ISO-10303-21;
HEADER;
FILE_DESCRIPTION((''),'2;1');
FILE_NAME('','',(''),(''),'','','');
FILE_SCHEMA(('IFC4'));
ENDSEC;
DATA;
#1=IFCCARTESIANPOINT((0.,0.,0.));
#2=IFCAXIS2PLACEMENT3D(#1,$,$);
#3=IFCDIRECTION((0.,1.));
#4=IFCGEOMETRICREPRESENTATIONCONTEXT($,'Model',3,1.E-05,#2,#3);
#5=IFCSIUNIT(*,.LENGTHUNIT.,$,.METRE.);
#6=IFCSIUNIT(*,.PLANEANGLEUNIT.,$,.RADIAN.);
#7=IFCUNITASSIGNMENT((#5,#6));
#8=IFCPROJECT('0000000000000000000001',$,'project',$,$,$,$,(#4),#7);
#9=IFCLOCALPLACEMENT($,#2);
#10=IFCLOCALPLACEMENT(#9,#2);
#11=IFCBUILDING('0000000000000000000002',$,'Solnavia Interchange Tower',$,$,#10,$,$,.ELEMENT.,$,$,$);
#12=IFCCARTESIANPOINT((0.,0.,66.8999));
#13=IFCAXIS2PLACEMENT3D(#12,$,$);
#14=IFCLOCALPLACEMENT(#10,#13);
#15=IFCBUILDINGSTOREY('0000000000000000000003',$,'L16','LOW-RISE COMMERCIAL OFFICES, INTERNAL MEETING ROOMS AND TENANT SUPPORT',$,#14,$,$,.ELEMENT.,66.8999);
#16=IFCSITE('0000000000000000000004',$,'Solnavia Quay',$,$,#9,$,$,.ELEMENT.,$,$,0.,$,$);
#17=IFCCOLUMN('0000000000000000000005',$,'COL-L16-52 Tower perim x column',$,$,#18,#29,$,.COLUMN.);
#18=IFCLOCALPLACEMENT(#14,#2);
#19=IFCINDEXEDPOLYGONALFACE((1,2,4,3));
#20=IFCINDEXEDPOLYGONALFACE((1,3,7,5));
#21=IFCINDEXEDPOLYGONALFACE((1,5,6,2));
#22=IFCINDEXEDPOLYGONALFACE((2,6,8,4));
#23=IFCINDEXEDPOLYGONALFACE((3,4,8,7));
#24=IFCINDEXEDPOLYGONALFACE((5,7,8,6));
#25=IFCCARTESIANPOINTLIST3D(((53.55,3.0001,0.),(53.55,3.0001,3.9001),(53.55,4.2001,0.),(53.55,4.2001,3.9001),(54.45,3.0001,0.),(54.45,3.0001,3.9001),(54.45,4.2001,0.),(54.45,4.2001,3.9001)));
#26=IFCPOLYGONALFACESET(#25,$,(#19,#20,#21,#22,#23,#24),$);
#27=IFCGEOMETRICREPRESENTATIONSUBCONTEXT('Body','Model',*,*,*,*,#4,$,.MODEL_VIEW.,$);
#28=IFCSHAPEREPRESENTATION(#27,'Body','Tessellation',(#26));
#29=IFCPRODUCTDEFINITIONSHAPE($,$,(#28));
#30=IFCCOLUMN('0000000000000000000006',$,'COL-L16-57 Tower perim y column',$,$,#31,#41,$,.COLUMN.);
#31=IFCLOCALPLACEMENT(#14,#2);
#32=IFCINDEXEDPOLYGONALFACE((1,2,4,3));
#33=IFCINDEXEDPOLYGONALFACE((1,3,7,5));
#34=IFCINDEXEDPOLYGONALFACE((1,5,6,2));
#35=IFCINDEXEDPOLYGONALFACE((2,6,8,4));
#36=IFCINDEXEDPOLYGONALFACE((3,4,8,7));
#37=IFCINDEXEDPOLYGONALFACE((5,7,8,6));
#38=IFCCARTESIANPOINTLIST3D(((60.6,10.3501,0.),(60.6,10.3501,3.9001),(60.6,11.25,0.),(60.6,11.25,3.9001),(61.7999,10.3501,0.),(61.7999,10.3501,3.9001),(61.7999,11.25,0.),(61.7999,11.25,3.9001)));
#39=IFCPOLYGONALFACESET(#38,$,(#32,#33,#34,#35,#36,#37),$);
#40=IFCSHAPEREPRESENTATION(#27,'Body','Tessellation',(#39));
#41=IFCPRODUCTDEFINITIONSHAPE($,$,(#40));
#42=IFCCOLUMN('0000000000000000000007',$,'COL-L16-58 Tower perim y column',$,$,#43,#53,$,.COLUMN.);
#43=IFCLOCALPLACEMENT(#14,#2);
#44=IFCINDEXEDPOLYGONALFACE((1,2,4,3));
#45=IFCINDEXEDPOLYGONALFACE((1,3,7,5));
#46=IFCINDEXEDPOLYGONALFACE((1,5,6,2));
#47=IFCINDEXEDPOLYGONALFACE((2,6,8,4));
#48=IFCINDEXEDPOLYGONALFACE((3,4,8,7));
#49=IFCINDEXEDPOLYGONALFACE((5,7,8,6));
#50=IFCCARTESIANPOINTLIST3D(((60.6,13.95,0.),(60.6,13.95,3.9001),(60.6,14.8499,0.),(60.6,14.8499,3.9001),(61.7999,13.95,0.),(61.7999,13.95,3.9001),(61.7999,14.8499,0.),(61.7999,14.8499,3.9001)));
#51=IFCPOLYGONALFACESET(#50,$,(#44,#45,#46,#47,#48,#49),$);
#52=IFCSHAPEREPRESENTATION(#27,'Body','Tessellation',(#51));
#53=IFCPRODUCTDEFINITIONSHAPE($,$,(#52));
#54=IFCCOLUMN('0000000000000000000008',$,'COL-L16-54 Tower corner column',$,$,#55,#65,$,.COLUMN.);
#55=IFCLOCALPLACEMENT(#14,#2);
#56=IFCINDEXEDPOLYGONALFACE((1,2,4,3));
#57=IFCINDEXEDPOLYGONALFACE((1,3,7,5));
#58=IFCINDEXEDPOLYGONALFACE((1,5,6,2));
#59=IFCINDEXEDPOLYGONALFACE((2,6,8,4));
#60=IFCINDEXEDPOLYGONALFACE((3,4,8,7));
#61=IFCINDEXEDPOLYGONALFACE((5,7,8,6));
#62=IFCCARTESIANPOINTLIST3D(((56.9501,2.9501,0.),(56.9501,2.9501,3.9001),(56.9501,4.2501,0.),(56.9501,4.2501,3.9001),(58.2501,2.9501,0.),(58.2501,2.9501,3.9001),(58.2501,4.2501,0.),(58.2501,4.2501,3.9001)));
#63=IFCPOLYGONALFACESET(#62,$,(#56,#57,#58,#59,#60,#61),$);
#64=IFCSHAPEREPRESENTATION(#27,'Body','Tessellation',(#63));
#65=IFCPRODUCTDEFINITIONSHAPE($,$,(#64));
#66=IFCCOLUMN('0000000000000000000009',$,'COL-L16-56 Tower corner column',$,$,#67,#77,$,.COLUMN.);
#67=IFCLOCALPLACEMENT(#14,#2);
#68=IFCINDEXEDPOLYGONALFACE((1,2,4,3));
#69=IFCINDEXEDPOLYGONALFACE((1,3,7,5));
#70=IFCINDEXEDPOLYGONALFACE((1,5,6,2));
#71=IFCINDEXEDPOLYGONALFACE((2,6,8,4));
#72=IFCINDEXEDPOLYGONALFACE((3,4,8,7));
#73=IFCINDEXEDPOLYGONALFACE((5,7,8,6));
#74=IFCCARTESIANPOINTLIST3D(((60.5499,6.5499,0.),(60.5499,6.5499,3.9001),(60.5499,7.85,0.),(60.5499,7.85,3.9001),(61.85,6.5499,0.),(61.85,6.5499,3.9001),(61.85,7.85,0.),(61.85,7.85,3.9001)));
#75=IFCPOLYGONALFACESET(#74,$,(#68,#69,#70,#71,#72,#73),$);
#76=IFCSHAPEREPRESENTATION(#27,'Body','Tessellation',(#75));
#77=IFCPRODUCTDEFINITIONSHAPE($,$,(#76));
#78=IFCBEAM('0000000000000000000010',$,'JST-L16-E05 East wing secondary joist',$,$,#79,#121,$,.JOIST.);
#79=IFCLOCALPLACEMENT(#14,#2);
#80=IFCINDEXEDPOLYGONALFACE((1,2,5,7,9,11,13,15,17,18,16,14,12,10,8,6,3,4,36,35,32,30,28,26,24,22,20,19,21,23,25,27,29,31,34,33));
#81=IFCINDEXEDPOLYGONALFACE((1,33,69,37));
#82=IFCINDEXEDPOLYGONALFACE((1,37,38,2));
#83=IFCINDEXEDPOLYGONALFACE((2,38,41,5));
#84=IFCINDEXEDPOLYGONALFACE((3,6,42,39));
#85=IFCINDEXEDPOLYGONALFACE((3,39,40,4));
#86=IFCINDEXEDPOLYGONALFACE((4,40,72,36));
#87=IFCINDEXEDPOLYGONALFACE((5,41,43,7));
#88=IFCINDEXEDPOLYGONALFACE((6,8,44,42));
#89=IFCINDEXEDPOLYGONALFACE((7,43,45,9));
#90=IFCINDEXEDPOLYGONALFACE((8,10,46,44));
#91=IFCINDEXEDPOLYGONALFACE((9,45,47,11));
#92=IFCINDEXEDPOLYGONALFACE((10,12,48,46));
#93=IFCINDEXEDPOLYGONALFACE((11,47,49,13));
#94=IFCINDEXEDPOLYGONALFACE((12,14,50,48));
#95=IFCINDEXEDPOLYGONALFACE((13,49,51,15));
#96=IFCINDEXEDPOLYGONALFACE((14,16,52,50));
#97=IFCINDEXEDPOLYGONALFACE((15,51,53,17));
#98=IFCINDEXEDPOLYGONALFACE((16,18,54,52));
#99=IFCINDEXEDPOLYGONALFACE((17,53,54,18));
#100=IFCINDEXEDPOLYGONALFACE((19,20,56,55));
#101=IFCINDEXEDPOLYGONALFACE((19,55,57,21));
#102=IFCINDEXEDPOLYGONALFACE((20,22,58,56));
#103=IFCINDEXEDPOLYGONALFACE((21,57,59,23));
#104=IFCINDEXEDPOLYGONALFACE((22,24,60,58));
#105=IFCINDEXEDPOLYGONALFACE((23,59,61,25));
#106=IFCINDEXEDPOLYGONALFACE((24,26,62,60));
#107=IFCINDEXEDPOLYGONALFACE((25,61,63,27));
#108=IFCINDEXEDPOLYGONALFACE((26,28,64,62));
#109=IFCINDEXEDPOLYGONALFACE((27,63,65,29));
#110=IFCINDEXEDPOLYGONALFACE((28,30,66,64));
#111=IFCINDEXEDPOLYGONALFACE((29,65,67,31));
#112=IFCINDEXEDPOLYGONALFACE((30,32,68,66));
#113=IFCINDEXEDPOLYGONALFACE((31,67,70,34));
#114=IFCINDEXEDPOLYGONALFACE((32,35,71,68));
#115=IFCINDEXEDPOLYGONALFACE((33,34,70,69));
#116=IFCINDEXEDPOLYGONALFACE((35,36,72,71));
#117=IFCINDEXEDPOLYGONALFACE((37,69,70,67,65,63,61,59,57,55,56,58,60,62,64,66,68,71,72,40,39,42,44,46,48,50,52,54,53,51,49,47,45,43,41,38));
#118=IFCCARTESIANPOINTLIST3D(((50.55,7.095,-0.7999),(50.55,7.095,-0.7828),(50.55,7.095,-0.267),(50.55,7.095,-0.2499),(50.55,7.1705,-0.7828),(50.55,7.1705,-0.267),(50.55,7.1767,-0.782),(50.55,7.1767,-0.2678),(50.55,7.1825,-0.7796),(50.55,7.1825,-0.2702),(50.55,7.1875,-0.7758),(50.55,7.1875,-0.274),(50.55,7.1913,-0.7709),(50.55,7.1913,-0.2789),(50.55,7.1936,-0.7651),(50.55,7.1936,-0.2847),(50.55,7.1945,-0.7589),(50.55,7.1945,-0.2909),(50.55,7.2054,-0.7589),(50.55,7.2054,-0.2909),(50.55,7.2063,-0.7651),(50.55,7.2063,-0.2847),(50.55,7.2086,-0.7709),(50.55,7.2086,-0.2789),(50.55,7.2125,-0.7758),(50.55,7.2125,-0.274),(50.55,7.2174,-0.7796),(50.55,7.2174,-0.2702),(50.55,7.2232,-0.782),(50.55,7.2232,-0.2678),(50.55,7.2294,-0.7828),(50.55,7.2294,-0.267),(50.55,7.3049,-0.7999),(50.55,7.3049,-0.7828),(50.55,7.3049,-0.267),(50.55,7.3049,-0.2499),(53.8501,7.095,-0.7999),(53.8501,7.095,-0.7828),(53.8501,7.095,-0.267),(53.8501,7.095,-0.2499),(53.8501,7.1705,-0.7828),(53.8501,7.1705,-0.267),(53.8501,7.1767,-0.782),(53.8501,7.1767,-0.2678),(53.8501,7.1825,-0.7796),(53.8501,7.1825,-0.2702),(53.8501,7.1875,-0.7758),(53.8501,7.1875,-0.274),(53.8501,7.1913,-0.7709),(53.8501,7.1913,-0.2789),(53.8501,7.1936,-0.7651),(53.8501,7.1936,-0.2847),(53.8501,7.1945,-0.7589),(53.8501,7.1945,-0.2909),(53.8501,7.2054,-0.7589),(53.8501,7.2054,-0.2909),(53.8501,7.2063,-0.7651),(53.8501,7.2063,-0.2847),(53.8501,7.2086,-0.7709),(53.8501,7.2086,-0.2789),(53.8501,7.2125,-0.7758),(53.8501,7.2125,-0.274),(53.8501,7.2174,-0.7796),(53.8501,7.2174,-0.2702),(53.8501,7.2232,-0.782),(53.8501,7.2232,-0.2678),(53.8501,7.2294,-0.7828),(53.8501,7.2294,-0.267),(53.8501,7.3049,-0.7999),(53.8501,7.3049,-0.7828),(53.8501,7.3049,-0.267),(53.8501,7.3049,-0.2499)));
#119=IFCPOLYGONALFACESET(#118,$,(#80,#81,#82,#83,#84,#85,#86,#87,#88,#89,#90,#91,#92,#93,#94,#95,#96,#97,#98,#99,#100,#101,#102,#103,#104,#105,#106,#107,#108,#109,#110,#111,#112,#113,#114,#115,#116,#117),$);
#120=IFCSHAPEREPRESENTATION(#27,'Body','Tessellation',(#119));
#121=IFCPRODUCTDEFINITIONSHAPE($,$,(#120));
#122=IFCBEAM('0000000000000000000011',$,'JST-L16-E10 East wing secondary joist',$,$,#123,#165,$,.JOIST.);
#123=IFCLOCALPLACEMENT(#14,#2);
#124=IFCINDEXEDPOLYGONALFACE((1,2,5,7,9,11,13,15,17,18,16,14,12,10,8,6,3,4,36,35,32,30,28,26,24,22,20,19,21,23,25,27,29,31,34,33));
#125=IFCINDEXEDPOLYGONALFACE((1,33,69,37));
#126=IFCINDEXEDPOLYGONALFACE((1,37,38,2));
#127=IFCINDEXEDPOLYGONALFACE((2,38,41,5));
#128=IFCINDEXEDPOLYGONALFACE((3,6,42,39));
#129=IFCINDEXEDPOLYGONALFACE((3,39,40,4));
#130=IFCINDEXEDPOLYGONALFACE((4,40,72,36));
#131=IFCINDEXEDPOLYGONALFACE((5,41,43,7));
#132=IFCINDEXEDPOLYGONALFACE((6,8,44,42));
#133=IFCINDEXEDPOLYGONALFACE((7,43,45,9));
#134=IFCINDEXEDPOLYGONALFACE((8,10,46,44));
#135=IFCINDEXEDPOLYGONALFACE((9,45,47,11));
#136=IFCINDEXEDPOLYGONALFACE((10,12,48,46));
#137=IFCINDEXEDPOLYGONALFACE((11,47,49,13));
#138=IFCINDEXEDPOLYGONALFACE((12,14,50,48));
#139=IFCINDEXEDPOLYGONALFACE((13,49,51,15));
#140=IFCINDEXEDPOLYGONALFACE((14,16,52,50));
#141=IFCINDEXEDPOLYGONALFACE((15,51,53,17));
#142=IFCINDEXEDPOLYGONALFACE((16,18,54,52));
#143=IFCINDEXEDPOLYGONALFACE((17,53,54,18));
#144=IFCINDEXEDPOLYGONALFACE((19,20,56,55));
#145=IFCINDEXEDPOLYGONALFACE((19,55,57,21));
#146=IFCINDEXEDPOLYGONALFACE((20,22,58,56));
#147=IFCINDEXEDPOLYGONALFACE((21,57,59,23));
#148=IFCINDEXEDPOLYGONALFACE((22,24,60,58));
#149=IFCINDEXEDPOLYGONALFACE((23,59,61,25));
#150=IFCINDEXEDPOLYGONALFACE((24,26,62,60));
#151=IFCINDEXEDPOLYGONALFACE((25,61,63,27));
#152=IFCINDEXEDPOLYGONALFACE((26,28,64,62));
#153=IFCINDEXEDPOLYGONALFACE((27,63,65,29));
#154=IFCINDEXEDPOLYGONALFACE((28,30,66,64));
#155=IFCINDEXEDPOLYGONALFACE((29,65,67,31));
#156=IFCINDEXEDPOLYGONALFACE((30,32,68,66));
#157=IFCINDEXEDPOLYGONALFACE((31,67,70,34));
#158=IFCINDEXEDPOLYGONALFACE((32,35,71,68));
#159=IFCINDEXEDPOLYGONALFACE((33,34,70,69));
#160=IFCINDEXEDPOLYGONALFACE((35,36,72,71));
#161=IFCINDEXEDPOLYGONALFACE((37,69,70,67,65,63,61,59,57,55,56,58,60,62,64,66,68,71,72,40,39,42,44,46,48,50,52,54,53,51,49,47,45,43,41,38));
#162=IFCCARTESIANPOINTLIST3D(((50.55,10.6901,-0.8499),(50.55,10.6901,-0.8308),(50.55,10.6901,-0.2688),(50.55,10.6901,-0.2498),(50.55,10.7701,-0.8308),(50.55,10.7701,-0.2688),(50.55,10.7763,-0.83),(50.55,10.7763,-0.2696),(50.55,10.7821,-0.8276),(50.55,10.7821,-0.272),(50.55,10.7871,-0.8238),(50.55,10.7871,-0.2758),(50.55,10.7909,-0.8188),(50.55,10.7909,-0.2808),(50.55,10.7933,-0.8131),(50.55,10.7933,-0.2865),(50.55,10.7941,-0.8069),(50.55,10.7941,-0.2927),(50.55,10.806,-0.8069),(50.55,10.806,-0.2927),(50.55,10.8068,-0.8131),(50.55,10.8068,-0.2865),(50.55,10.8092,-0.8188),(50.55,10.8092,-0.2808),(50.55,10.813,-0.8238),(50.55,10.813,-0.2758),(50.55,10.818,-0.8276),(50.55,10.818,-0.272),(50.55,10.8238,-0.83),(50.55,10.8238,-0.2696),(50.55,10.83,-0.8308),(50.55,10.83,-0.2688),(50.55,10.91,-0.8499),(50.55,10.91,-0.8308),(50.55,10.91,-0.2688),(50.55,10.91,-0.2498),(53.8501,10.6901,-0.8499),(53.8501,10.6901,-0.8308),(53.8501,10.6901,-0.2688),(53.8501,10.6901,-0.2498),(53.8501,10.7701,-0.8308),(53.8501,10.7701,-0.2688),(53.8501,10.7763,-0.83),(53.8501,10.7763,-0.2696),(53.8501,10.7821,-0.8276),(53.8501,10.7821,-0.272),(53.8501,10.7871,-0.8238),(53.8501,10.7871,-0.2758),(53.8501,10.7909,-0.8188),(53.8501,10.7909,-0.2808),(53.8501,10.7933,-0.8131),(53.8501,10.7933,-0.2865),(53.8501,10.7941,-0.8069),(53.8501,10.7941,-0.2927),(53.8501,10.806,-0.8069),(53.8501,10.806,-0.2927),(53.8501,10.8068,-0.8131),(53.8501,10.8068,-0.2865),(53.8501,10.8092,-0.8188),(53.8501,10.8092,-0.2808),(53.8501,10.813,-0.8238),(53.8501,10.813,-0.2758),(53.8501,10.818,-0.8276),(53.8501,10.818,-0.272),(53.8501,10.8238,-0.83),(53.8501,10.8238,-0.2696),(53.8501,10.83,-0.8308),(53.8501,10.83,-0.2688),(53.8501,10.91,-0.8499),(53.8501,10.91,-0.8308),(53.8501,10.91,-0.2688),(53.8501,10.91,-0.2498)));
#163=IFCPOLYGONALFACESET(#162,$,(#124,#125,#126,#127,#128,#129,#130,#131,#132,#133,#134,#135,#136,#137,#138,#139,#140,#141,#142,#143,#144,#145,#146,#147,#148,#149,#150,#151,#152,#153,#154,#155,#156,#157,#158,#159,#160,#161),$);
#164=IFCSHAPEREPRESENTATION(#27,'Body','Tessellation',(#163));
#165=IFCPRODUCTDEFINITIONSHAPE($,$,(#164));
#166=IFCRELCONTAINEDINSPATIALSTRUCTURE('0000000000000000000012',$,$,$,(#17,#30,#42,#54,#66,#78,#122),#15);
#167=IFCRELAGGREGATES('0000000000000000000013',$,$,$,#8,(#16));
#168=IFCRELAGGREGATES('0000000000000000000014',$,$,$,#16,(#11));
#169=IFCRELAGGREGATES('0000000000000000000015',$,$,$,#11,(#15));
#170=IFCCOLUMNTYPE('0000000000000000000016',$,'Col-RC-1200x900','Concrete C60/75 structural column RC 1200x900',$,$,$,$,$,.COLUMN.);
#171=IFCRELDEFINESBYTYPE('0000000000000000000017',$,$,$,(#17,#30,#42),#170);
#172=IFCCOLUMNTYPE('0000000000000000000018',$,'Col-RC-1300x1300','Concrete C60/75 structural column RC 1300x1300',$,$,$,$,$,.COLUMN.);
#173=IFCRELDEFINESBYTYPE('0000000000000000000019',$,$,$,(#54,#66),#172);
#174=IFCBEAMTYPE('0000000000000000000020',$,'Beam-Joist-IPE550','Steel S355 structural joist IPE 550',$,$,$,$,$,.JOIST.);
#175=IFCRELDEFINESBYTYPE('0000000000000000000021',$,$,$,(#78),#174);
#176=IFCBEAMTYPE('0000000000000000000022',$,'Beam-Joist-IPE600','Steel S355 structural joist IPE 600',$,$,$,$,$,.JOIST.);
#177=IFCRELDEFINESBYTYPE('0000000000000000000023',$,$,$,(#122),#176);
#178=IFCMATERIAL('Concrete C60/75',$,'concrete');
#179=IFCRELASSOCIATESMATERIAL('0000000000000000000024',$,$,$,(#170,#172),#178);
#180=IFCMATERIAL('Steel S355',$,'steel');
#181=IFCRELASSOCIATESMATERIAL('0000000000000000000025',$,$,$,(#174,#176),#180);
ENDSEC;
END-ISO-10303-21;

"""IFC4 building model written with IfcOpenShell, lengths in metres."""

from ifc_helpers import new_model, si_unit, direction, frame, origin, origin_2d, place, context, subcontext, project, spatial, rectangle, i_section, extrude, material, material_profile, profile_set, type_object, element, save


model = new_model("IFC4")

# Units and contexts
model_context = context("Model", 3, precision=1e-05, world=origin(), true_north=direction((0.0, 1.0)))
body_context = subcontext(model_context, "Body", "Model", "MODEL_VIEW")
ifc_project = project(units=[si_unit("LENGTHUNIT", "METRE"), si_unit("PLANEANGLEUNIT", "RADIAN")], contexts=[model_context])

# Site, building, storey
site_placement = place(None, origin())
site = spatial("IfcSite", under=ifc_project, at=site_placement, Name="Solnavia Quay", CompositionType="ELEMENT", RefElevation=0.0)
building_placement = place(site_placement, origin())
building = spatial("IfcBuilding", under=site, at=building_placement, Name="Solnavia Interchange Tower", CompositionType="ELEMENT")
storey_placement = place(building_placement, frame((0.0, 0.0, 66.8999)))
storey = spatial("IfcBuildingStorey", under=building, at=storey_placement, Name="L16", Description="LOW-RISE COMMERCIAL OFFICES, INTERNAL MEETING ROOMS AND TENANT SUPPORT", CompositionType="ELEMENT", Elevation=66.8999)

# Columns
ifc_material_1 = material(Name="Concrete C60/75", Category="concrete")
ifc_material_profile_1 = material_profile(ifc_material_1, rectangle(XDim=0.8999, YDim=1.2, at=origin_2d()), Name="RC 1200x900")
ifc_profile_set_1 = profile_set([ifc_material_profile_1], Name="Concrete C60/75")
column_type_1 = type_object("IfcColumnType", Name="Col-RC-1200x900", Description="Concrete C60/75 structural column RC 1200x900", PredefinedType="COLUMN", material=ifc_profile_set_1)
for number, where, z_axis, x_axis, name in (
    (1, (54.0, 3.6001, 0.0), (0.0, 0.0, 1.0), (1.0, 0.0, 0.0), "COL-L16-52 Tower perim x column"),
    (2, (61.2, 10.8, 0.0), (0.0, 0.0, 1.0), (0.0, 1.0, 0.0), "COL-L16-57 Tower perim y column"),
    (3, (61.2, 14.3999, 0.0), (0.0, 0.0, 1.0), (0.0, 1.0, 0.0), "COL-L16-58 Tower perim y column"),
):
    element("IfcColumn", number, at=place(storey_placement, frame(where, z_axis=z_axis, x_axis=x_axis)), inside=storey, type_object=column_type_1, Name=name, PredefinedType="COLUMN", context=body_context, shape_type="SweptSolid", body=[
        extrude(rectangle(XDim=0.8999, YDim=1.2, at=origin_2d()), origin(), (0.0, 0.0, 1.0), 3.9001),
    ])
ifc_material_profile_2 = material_profile(ifc_material_1, rectangle(XDim=1.3, YDim=1.3, at=origin_2d()), Name="RC 1300x1300")
ifc_profile_set_2 = profile_set([ifc_material_profile_2], Name="Concrete C60/75")
column_type_2 = type_object("IfcColumnType", Name="Col-RC-1300x1300", Description="Concrete C60/75 structural column RC 1300x1300", PredefinedType="COLUMN", material=ifc_profile_set_2)
for number, where, z_axis, x_axis, name in (
    (4, (57.6001, 3.6001, 0.0), (0.0, 0.0, 1.0), (1.0, 0.0, 0.0), "COL-L16-54 Tower corner column"),
    (5, (61.2, 7.2, 0.0), (0.0, 0.0, 1.0), (1.0, 0.0, 0.0), "COL-L16-56 Tower corner column"),
):
    element("IfcColumn", number, at=place(storey_placement, frame(where, z_axis=z_axis, x_axis=x_axis)), inside=storey, type_object=column_type_2, Name=name, PredefinedType="COLUMN", context=body_context, shape_type="SweptSolid", body=[
        extrude(rectangle(XDim=1.3, YDim=1.3, at=origin_2d()), origin(), (0.0, 0.0, 1.0), 3.9001),
    ])

# Beams
ifc_material_2 = material(Name="Steel S355", Category="steel")
ifc_material_profile_3 = material_profile(ifc_material_2, i_section(OverallWidth=0.21, OverallDepth=0.55, WebThickness=0.011, FlangeThickness=0.0171, FilletRadius=0.0239, at=origin_2d()), Name="IPE 550")
ifc_profile_set_3 = profile_set([ifc_material_profile_3], Name="Steel S355")
beam_type_1 = type_object("IfcBeamType", Name="Beam-Joist-IPE550", Description="Steel S355 structural joist IPE 550", PredefinedType="JOIST", material=ifc_profile_set_3)
beam_1_placement = place(storey_placement, frame((50.55, 7.2, -0.5249), z_axis=(1.0, 0.0, 0.0), x_axis=(0.0, 1.0, 0.0)))
element("IfcBeam", 6, at=beam_1_placement, inside=storey, type_object=beam_type_1, Name="JST-L16-E05 East wing secondary joist", PredefinedType="JOIST", context=body_context, shape_type="SweptSolid", body=[
    extrude(i_section(OverallWidth=0.21, OverallDepth=0.55, WebThickness=0.011, FlangeThickness=0.0171, FilletRadius=0.0239, at=origin_2d()), origin(), (0.0, 0.0, 1.0), 3.3),
])
ifc_material_profile_4 = material_profile(ifc_material_2, i_section(OverallWidth=0.22, OverallDepth=0.6001, WebThickness=0.012, FlangeThickness=0.019, FilletRadius=0.0239, at=origin_2d()), Name="IPE 600")
ifc_profile_set_4 = profile_set([ifc_material_profile_4], Name="Steel S355")
beam_type_2 = type_object("IfcBeamType", Name="Beam-Joist-IPE600", Description="Steel S355 structural joist IPE 600", PredefinedType="JOIST", material=ifc_profile_set_4)
beam_2_placement = place(storey_placement, frame((50.55, 10.8, -0.5498), z_axis=(1.0, 0.0, 0.0), x_axis=(0.0, 1.0, 0.0)))
element("IfcBeam", 7, at=beam_2_placement, inside=storey, type_object=beam_type_2, Name="JST-L16-E10 East wing secondary joist", PredefinedType="JOIST", context=body_context, shape_type="SweptSolid", body=[
    extrude(i_section(OverallWidth=0.22, OverallDepth=0.6001, WebThickness=0.012, FlangeThickness=0.019, FilletRadius=0.0239, at=origin_2d()), origin(), (0.0, 0.0, 1.0), 3.3),
])

save(model, "model.ifc")
